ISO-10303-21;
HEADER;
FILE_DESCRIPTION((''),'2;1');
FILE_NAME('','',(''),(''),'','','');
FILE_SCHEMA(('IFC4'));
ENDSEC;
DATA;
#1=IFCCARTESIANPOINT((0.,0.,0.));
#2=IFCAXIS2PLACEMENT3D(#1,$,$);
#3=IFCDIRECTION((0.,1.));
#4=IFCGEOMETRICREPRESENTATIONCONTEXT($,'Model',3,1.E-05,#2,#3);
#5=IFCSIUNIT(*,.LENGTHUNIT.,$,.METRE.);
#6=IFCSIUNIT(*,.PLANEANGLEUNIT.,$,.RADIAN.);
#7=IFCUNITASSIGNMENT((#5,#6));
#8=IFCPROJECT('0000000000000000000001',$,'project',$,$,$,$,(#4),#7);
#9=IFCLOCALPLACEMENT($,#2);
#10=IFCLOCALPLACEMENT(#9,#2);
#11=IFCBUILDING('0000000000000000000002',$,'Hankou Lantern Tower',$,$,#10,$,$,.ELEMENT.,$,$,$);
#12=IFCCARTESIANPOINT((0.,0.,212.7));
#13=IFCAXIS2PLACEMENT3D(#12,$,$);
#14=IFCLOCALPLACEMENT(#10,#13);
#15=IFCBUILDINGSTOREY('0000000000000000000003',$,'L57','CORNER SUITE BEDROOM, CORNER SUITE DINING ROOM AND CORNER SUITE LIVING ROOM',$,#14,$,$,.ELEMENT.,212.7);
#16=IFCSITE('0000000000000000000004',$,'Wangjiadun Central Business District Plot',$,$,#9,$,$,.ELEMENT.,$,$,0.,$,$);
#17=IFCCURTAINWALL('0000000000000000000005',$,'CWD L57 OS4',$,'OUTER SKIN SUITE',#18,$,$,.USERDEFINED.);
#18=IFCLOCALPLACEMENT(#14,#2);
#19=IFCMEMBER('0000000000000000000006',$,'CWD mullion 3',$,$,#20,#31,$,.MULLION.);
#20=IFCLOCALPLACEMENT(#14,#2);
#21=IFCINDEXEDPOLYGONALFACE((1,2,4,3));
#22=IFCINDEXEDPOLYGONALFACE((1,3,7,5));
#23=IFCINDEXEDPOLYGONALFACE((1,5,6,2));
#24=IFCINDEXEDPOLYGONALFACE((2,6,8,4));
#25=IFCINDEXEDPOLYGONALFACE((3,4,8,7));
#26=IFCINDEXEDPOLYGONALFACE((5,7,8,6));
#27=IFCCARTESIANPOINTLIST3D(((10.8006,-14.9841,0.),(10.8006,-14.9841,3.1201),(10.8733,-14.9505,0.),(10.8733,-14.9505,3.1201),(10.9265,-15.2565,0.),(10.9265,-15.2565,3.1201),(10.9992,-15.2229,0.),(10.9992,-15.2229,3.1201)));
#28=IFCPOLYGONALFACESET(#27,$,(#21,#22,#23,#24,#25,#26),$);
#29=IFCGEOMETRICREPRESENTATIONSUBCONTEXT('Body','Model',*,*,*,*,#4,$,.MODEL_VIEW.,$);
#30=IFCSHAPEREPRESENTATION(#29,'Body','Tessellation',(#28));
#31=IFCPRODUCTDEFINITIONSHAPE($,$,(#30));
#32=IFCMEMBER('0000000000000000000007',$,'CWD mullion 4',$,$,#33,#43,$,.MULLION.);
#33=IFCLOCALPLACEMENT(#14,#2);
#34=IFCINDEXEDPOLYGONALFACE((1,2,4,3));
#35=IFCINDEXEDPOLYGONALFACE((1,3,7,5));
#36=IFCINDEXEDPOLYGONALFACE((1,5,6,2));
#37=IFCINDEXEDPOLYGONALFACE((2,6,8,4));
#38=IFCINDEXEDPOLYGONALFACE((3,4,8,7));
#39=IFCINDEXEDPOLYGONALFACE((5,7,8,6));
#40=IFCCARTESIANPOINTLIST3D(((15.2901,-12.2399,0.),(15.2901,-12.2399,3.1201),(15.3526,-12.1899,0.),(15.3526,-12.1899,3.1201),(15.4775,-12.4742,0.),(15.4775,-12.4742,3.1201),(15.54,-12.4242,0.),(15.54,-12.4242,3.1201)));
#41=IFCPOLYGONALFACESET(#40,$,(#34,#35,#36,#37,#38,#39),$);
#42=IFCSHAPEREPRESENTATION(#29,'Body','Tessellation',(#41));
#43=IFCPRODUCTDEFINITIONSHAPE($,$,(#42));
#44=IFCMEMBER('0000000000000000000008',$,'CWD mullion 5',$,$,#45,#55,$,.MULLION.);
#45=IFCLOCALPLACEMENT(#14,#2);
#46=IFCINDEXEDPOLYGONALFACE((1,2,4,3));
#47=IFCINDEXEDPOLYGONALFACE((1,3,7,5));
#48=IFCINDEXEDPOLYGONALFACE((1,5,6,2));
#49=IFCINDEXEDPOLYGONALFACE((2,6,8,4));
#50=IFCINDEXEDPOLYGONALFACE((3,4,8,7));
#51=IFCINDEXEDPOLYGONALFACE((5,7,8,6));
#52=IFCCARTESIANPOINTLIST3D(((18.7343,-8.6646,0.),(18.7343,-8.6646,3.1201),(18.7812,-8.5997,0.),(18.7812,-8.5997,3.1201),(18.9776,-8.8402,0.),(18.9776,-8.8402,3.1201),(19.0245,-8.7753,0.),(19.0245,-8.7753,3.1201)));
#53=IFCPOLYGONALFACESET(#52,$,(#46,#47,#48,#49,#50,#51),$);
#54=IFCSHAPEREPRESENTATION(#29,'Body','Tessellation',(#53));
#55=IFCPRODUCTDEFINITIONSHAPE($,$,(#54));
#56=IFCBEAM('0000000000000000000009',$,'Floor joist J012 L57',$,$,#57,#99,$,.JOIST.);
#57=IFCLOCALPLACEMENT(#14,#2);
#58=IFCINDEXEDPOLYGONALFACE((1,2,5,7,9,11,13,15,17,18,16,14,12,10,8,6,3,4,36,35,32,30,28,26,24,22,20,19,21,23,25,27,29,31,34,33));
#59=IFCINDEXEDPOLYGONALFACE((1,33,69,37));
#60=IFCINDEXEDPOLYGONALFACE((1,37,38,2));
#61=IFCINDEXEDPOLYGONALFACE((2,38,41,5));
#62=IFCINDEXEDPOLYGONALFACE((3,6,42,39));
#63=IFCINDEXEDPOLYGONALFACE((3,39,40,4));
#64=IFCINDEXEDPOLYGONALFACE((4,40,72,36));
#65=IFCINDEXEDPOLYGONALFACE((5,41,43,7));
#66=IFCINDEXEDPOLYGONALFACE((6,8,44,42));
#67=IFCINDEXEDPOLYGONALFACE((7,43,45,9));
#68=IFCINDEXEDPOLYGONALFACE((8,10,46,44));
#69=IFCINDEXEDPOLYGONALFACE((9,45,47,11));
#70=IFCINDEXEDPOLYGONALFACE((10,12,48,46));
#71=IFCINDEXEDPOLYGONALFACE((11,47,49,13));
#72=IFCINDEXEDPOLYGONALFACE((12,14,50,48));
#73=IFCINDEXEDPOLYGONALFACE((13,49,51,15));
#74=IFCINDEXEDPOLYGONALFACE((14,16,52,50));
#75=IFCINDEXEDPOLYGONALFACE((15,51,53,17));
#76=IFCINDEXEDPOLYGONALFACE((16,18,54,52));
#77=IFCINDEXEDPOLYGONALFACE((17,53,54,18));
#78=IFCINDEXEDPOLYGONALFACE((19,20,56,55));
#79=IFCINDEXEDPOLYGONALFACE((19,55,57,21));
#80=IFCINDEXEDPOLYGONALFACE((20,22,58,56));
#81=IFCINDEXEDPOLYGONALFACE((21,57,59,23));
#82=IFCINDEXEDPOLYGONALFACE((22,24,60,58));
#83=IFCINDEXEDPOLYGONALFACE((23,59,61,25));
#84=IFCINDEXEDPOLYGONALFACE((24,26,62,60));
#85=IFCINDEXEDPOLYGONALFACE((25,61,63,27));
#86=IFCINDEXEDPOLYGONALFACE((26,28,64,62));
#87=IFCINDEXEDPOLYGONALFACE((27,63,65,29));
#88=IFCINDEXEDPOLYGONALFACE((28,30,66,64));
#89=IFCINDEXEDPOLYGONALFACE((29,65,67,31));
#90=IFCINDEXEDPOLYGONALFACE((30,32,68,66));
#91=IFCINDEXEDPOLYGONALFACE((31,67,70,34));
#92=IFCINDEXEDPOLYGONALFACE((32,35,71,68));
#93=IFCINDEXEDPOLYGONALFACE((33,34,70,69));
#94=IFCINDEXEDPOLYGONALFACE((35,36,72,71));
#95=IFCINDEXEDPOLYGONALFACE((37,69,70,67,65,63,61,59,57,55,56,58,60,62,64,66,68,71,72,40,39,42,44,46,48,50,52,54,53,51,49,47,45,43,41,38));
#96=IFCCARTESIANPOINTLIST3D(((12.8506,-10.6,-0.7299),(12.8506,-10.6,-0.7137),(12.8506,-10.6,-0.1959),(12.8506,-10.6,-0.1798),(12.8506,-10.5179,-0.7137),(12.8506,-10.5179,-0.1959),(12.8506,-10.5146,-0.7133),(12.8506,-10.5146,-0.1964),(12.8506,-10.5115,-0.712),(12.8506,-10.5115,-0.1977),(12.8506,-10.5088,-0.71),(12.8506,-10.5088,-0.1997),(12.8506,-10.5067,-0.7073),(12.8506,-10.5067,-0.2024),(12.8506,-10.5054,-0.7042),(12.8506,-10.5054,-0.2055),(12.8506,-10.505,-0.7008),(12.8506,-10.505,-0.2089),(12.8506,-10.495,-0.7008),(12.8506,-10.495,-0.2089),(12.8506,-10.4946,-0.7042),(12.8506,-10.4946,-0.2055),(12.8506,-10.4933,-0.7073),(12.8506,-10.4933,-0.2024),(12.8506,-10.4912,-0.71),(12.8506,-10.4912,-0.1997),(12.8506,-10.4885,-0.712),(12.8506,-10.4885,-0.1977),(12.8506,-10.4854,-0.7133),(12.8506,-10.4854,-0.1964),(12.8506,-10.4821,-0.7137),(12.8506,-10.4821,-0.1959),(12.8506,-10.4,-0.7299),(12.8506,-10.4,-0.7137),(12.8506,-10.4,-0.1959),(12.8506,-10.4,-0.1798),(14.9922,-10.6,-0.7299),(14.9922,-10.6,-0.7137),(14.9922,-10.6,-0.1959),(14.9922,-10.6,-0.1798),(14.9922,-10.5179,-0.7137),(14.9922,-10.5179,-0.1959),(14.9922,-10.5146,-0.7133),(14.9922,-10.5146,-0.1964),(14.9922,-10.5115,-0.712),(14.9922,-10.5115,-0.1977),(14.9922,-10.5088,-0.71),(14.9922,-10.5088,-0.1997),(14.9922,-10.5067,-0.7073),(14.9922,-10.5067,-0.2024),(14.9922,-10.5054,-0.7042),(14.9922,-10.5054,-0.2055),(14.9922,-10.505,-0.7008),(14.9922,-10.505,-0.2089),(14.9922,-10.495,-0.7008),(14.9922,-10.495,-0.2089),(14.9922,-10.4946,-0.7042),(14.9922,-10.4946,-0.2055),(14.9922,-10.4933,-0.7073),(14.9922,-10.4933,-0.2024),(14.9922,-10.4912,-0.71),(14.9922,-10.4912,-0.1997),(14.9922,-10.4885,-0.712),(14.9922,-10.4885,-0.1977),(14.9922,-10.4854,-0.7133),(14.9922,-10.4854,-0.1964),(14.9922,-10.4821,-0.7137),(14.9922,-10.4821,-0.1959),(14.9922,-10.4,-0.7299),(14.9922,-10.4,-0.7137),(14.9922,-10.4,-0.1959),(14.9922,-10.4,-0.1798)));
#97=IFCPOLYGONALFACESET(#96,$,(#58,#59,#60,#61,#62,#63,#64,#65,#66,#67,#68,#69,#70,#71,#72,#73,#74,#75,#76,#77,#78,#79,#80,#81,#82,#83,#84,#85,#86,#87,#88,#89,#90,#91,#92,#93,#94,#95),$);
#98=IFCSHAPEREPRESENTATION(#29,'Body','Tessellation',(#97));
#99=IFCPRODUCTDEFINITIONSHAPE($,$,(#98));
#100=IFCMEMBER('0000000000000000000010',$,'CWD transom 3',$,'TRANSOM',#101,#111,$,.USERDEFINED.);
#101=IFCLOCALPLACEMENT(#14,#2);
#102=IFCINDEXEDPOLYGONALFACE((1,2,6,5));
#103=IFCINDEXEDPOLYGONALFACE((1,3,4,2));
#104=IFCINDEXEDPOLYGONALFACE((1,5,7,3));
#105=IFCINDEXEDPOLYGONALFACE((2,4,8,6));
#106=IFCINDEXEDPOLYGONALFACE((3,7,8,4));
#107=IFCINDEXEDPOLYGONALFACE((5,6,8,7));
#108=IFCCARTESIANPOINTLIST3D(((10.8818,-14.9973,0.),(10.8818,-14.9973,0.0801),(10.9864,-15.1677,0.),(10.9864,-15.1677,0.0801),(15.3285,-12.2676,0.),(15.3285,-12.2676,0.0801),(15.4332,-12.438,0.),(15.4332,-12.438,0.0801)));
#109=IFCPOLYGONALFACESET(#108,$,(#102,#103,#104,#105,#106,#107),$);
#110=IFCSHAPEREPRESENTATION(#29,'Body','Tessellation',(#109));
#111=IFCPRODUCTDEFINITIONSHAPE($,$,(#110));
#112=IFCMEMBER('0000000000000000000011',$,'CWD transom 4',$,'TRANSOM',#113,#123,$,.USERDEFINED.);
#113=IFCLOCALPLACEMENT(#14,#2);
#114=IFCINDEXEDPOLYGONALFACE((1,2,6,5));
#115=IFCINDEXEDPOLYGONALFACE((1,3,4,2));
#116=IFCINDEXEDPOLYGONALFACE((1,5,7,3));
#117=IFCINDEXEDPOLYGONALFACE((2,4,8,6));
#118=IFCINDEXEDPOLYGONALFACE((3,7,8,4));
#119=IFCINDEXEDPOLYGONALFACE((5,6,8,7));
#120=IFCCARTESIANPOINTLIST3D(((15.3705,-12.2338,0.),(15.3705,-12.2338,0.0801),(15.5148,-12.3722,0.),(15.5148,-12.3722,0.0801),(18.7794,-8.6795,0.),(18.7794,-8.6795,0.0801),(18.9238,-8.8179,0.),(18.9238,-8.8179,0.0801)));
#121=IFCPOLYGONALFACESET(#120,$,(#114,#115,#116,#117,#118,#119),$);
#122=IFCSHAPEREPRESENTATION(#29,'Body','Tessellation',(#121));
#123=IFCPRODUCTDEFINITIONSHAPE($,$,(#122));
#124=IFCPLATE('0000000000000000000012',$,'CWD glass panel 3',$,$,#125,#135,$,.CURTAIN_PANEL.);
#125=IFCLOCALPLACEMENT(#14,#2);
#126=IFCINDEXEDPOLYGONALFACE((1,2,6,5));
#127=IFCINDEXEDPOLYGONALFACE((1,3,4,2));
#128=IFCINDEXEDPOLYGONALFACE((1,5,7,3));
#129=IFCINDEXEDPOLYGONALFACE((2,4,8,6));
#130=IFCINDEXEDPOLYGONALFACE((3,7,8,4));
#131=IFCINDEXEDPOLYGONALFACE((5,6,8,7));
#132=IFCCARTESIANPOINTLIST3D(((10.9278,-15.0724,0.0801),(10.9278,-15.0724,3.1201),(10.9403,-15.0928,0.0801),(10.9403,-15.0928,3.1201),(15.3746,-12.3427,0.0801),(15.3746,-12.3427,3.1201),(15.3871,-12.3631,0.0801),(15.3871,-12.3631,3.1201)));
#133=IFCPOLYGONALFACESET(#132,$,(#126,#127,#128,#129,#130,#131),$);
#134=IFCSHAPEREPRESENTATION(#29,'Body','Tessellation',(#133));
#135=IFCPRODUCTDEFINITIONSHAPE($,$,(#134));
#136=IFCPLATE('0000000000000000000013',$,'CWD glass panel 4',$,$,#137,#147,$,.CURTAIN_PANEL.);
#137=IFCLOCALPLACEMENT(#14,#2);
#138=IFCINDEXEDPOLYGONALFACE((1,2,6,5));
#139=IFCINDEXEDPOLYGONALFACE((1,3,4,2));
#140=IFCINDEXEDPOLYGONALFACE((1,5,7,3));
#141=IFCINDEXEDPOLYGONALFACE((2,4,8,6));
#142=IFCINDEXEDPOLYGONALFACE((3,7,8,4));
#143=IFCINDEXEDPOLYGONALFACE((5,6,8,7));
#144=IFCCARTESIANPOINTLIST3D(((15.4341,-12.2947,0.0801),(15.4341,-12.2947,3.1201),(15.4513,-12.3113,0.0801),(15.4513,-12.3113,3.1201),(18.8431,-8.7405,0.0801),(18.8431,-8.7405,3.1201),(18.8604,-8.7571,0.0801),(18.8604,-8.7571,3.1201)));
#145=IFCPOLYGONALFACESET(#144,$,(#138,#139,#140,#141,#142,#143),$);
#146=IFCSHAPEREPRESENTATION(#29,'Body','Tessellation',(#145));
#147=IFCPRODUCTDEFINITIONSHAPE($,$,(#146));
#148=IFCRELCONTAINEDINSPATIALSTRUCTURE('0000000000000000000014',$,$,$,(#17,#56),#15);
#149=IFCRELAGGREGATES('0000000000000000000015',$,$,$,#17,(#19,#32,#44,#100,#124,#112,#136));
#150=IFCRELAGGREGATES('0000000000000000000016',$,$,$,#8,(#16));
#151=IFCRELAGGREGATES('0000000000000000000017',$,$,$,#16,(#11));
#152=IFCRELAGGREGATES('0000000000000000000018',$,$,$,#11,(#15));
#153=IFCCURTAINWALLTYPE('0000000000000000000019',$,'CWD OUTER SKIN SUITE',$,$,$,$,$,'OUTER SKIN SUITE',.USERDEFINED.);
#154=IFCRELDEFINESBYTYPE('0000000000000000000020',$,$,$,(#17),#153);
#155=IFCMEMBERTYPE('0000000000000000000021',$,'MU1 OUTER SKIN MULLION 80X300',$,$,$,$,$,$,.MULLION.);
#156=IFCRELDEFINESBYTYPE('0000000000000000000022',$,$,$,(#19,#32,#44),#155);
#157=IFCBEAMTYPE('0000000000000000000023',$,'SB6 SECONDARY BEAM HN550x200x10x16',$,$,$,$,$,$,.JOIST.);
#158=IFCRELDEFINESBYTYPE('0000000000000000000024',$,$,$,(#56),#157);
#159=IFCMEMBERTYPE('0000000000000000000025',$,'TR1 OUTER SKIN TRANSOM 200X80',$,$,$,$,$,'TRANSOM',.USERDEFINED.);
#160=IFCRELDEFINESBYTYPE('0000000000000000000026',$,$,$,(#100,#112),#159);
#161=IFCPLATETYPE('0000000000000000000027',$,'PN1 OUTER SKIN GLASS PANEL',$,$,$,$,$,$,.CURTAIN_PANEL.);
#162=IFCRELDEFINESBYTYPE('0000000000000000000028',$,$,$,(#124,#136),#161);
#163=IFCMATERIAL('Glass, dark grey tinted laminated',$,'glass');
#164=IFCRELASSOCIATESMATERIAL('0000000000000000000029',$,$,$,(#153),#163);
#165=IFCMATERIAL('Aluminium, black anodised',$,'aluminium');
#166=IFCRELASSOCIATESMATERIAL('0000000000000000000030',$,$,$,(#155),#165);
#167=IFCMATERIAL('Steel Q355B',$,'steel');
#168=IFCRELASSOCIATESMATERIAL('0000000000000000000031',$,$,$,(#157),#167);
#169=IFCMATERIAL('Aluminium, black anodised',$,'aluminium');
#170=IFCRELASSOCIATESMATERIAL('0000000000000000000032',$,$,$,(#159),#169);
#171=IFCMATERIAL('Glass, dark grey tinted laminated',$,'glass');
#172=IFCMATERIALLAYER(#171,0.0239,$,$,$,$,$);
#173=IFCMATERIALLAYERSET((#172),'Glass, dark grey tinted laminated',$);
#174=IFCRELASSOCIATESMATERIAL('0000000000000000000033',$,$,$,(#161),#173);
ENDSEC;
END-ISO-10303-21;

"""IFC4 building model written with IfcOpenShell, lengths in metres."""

from ifc_helpers import new_model, si_unit, direction, frame, origin, origin_2d, place, context, subcontext, project, spatial, rectangle, i_section, extrude, material, layer, layer_set, material_profile, profile_set, type_object, element, aggregate, save


model = new_model("IFC4")

# Units and contexts
model_context = context("Model", 3, precision=1e-05, world=origin(), true_north=direction((0.0, 1.0)))
body_context = subcontext(model_context, "Body", "Model", "MODEL_VIEW")
ifc_project = project(units=[si_unit("LENGTHUNIT", "METRE"), si_unit("PLANEANGLEUNIT", "RADIAN")], contexts=[model_context])

# Site, building, storey
site_placement = place(None, origin())
site = spatial("IfcSite", under=ifc_project, at=site_placement, Name="Wangjiadun Central Business District Plot", CompositionType="ELEMENT", RefElevation=0.0)
building_placement = place(site_placement, origin())
building = spatial("IfcBuilding", under=site, at=building_placement, Name="Hankou Lantern Tower", CompositionType="ELEMENT")
storey_placement = place(building_placement, frame((0.0, 0.0, 212.7)))
storey = spatial("IfcBuildingStorey", under=building, at=storey_placement, Name="L57", Description="CORNER SUITE BEDROOM, CORNER SUITE DINING ROOM AND CORNER SUITE LIVING ROOM", CompositionType="ELEMENT", Elevation=212.7)

# Curtain wall, members
ifc_material_1 = material(Name="Glass, dark grey tinted laminated", Category="glass")
curtain_wall_type = type_object("IfcCurtainWallType", Name="CWD OUTER SKIN SUITE", ElementType="OUTER SKIN SUITE", PredefinedType="USERDEFINED", material=ifc_material_1)
curtain_wall_placement = place(storey_placement, origin())
curtain_wall = element("IfcCurtainWall", 1, at=curtain_wall_placement, inside=storey, type_object=curtain_wall_type, Name="CWD L57 OS4", ObjectType="OUTER SKIN SUITE", PredefinedType="USERDEFINED")
ifc_material_2 = material(Name="Aluminium, black anodised", Category="aluminium")
ifc_material_profile_1 = material_profile(ifc_material_2, rectangle(XDim=0.0801, YDim=0.3, at=origin_2d()), Name="MU1 80X300")
ifc_profile_set_1 = profile_set([ifc_material_profile_1], Name="Aluminium, black anodised")
member_type_1 = type_object("IfcMemberType", Name="MU1 OUTER SKIN MULLION 80X300", PredefinedType="MULLION", material=ifc_profile_set_1)
member_1_placement = place(storey_placement, frame((10.8999, -15.1035, 0.0), z_axis=(0.0, 0.0, 1.0), x_axis=(0.907841, 0.419314, 0.0)))
member_1 = element("IfcMember", 2, at=member_1_placement, type_object=member_type_1, Name="CWD mullion 3", PredefinedType="MULLION", context=body_context, shape_type="SweptSolid", body=[
    extrude(rectangle(XDim=0.0801, YDim=0.3, at=origin_2d()), origin(), (0.0, 0.0, 1.0), 3.1201),
])
member_2_placement = place(storey_placement, frame((15.415, -12.332, 0.0), z_axis=(0.0, 0.0, 1.0), x_axis=(0.780869, 0.624695, 0.0)))
member_2 = element("IfcMember", 3, at=member_2_placement, type_object=member_type_1, Name="CWD mullion 4", PredefinedType="MULLION", context=body_context, shape_type="SweptSolid", body=[
    extrude(rectangle(XDim=0.0801, YDim=0.3, at=origin_2d()), origin(), (0.0, 0.0, 1.0), 3.1201),
])
member_3_placement = place(storey_placement, frame((18.8794, -8.72, 0.0), z_axis=(0.0, 0.0, 1.0), x_axis=(0.585206, 0.810885, 0.0)))
member_3 = element("IfcMember", 4, at=member_3_placement, type_object=member_type_1, Name="CWD mullion 5", PredefinedType="MULLION", context=body_context, shape_type="SweptSolid", body=[
    extrude(rectangle(XDim=0.0801, YDim=0.3, at=origin_2d()), origin(), (0.0, 0.0, 1.0), 3.1201),
])

# Beam
ifc_material_3 = material(Name="Steel Q355B", Category="steel")
ifc_material_profile_2 = material_profile(ifc_material_3, i_section(OverallWidth=0.2, OverallDepth=0.55, WebThickness=0.01, FlangeThickness=0.0161, FilletRadius=0.0129, at=origin_2d()), Name="HN550x200x10x16")
ifc_profile_set_2 = profile_set([ifc_material_profile_2], Name="Steel Q355B")
beam_type_1 = type_object("IfcBeamType", Name="SB6 SECONDARY BEAM HN550x200x10x16", PredefinedType="JOIST", material=ifc_profile_set_2)
beam_1_placement = place(storey_placement, frame((12.8506, -10.5, -0.4548), z_axis=(1.0, 0.0, 0.0), x_axis=(0.0, 1.0, 0.0)))
element("IfcBeam", 5, at=beam_1_placement, inside=storey, type_object=beam_type_1, Name="Floor joist J012 L57", PredefinedType="JOIST", context=body_context, shape_type="SweptSolid", body=[
    extrude(i_section(OverallWidth=0.2, OverallDepth=0.55, WebThickness=0.01, FlangeThickness=0.0161, FilletRadius=0.0129, at=origin_2d()), origin(), (0.0, 0.0, 1.0), 2.1416),
])

# Members
ifc_material_4 = material(Name="Aluminium, black anodised", Category="aluminium")
ifc_material_profile_3 = material_profile(ifc_material_4, rectangle(XDim=0.2, YDim=0.0801, at=origin_2d()), Name="TR1 200X80")
ifc_profile_set_3 = profile_set([ifc_material_profile_3], Name="Aluminium, black anodised")
member_type_2 = type_object("IfcMemberType", Name="TR1 OUTER SKIN TRANSOM 200X80", ElementType="TRANSOM", PredefinedType="USERDEFINED", material=ifc_profile_set_3)
member_4_placement = place(storey_placement, frame((10.9341, -15.0825, 0.04), z_axis=(0.852235, 0.52316, 0.0), x_axis=(-0.52316, 0.852235, 0.0)))
member_4 = element("IfcMember", 6, at=member_4_placement, type_object=member_type_2, Name="CWD transom 3", ObjectType="TRANSOM", PredefinedType="USERDEFINED", context=body_context, shape_type="SweptSolid", body=[
    extrude(rectangle(XDim=0.2, YDim=0.0801, at=origin_2d()), origin(), (0.0, 0.0, 1.0), 5.2178),
])
member_5_placement = place(storey_placement, frame((15.4426, -12.303, 0.04), z_axis=(0.692205, 0.721701, 0.0), x_axis=(-0.721701, 0.692205, 0.0)))
member_5 = element("IfcMember", 7, at=member_5_placement, type_object=member_type_2, Name="CWD transom 4", ObjectType="TRANSOM", PredefinedType="USERDEFINED", context=body_context, shape_type="SweptSolid", body=[
    extrude(rectangle(XDim=0.2, YDim=0.0801, at=origin_2d()), origin(), (0.0, 0.0, 1.0), 4.9248),
])

# Plates
ifc_material_5 = material(Name="Glass, dark grey tinted laminated", Category="glass")
ifc_layer_1 = layer(ifc_material_5, 0.0239)
ifc_layer_set_1 = layer_set([ifc_layer_1], Name="Glass, dark grey tinted laminated")
plate_type = type_object("IfcPlateType", Name="PN1 OUTER SKIN GLASS PANEL", PredefinedType="CURTAIN_PANEL", material=ifc_layer_set_1)
plate_1_placement = place(storey_placement, frame((13.1575, -13.7178, 0.0801), z_axis=(0.0, 0.0, 1.0), x_axis=(0.852237, 0.523156, 0.0)))
plate_1 = element("IfcPlate", 8, at=plate_1_placement, type_object=plate_type, Name="CWD glass panel 3", PredefinedType="CURTAIN_PANEL", context=body_context, shape_type="SweptSolid", body=[
    extrude(rectangle(XDim=5.2178, YDim=0.0239, at=origin_2d()), origin(), (0.0, 0.0, 1.0), 3.04),
])
plate_2_placement = place(storey_placement, frame((17.1472, -10.5259, 0.0801), z_axis=(0.0, 0.0, 1.0), x_axis=(0.692216, 0.721691, 0.0)))
plate_2 = element("IfcPlate", 9, at=plate_2_placement, type_object=plate_type, Name="CWD glass panel 4", PredefinedType="CURTAIN_PANEL", context=body_context, shape_type="SweptSolid", body=[
    extrude(rectangle(XDim=4.9248, YDim=0.0239, at=origin_2d()), origin(), (0.0, 0.0, 1.0), 3.04),
])
aggregate(curtain_wall, [member_1, member_2, member_3, member_4, plate_1, member_5, plate_2])

save(model, "model.ifc")
